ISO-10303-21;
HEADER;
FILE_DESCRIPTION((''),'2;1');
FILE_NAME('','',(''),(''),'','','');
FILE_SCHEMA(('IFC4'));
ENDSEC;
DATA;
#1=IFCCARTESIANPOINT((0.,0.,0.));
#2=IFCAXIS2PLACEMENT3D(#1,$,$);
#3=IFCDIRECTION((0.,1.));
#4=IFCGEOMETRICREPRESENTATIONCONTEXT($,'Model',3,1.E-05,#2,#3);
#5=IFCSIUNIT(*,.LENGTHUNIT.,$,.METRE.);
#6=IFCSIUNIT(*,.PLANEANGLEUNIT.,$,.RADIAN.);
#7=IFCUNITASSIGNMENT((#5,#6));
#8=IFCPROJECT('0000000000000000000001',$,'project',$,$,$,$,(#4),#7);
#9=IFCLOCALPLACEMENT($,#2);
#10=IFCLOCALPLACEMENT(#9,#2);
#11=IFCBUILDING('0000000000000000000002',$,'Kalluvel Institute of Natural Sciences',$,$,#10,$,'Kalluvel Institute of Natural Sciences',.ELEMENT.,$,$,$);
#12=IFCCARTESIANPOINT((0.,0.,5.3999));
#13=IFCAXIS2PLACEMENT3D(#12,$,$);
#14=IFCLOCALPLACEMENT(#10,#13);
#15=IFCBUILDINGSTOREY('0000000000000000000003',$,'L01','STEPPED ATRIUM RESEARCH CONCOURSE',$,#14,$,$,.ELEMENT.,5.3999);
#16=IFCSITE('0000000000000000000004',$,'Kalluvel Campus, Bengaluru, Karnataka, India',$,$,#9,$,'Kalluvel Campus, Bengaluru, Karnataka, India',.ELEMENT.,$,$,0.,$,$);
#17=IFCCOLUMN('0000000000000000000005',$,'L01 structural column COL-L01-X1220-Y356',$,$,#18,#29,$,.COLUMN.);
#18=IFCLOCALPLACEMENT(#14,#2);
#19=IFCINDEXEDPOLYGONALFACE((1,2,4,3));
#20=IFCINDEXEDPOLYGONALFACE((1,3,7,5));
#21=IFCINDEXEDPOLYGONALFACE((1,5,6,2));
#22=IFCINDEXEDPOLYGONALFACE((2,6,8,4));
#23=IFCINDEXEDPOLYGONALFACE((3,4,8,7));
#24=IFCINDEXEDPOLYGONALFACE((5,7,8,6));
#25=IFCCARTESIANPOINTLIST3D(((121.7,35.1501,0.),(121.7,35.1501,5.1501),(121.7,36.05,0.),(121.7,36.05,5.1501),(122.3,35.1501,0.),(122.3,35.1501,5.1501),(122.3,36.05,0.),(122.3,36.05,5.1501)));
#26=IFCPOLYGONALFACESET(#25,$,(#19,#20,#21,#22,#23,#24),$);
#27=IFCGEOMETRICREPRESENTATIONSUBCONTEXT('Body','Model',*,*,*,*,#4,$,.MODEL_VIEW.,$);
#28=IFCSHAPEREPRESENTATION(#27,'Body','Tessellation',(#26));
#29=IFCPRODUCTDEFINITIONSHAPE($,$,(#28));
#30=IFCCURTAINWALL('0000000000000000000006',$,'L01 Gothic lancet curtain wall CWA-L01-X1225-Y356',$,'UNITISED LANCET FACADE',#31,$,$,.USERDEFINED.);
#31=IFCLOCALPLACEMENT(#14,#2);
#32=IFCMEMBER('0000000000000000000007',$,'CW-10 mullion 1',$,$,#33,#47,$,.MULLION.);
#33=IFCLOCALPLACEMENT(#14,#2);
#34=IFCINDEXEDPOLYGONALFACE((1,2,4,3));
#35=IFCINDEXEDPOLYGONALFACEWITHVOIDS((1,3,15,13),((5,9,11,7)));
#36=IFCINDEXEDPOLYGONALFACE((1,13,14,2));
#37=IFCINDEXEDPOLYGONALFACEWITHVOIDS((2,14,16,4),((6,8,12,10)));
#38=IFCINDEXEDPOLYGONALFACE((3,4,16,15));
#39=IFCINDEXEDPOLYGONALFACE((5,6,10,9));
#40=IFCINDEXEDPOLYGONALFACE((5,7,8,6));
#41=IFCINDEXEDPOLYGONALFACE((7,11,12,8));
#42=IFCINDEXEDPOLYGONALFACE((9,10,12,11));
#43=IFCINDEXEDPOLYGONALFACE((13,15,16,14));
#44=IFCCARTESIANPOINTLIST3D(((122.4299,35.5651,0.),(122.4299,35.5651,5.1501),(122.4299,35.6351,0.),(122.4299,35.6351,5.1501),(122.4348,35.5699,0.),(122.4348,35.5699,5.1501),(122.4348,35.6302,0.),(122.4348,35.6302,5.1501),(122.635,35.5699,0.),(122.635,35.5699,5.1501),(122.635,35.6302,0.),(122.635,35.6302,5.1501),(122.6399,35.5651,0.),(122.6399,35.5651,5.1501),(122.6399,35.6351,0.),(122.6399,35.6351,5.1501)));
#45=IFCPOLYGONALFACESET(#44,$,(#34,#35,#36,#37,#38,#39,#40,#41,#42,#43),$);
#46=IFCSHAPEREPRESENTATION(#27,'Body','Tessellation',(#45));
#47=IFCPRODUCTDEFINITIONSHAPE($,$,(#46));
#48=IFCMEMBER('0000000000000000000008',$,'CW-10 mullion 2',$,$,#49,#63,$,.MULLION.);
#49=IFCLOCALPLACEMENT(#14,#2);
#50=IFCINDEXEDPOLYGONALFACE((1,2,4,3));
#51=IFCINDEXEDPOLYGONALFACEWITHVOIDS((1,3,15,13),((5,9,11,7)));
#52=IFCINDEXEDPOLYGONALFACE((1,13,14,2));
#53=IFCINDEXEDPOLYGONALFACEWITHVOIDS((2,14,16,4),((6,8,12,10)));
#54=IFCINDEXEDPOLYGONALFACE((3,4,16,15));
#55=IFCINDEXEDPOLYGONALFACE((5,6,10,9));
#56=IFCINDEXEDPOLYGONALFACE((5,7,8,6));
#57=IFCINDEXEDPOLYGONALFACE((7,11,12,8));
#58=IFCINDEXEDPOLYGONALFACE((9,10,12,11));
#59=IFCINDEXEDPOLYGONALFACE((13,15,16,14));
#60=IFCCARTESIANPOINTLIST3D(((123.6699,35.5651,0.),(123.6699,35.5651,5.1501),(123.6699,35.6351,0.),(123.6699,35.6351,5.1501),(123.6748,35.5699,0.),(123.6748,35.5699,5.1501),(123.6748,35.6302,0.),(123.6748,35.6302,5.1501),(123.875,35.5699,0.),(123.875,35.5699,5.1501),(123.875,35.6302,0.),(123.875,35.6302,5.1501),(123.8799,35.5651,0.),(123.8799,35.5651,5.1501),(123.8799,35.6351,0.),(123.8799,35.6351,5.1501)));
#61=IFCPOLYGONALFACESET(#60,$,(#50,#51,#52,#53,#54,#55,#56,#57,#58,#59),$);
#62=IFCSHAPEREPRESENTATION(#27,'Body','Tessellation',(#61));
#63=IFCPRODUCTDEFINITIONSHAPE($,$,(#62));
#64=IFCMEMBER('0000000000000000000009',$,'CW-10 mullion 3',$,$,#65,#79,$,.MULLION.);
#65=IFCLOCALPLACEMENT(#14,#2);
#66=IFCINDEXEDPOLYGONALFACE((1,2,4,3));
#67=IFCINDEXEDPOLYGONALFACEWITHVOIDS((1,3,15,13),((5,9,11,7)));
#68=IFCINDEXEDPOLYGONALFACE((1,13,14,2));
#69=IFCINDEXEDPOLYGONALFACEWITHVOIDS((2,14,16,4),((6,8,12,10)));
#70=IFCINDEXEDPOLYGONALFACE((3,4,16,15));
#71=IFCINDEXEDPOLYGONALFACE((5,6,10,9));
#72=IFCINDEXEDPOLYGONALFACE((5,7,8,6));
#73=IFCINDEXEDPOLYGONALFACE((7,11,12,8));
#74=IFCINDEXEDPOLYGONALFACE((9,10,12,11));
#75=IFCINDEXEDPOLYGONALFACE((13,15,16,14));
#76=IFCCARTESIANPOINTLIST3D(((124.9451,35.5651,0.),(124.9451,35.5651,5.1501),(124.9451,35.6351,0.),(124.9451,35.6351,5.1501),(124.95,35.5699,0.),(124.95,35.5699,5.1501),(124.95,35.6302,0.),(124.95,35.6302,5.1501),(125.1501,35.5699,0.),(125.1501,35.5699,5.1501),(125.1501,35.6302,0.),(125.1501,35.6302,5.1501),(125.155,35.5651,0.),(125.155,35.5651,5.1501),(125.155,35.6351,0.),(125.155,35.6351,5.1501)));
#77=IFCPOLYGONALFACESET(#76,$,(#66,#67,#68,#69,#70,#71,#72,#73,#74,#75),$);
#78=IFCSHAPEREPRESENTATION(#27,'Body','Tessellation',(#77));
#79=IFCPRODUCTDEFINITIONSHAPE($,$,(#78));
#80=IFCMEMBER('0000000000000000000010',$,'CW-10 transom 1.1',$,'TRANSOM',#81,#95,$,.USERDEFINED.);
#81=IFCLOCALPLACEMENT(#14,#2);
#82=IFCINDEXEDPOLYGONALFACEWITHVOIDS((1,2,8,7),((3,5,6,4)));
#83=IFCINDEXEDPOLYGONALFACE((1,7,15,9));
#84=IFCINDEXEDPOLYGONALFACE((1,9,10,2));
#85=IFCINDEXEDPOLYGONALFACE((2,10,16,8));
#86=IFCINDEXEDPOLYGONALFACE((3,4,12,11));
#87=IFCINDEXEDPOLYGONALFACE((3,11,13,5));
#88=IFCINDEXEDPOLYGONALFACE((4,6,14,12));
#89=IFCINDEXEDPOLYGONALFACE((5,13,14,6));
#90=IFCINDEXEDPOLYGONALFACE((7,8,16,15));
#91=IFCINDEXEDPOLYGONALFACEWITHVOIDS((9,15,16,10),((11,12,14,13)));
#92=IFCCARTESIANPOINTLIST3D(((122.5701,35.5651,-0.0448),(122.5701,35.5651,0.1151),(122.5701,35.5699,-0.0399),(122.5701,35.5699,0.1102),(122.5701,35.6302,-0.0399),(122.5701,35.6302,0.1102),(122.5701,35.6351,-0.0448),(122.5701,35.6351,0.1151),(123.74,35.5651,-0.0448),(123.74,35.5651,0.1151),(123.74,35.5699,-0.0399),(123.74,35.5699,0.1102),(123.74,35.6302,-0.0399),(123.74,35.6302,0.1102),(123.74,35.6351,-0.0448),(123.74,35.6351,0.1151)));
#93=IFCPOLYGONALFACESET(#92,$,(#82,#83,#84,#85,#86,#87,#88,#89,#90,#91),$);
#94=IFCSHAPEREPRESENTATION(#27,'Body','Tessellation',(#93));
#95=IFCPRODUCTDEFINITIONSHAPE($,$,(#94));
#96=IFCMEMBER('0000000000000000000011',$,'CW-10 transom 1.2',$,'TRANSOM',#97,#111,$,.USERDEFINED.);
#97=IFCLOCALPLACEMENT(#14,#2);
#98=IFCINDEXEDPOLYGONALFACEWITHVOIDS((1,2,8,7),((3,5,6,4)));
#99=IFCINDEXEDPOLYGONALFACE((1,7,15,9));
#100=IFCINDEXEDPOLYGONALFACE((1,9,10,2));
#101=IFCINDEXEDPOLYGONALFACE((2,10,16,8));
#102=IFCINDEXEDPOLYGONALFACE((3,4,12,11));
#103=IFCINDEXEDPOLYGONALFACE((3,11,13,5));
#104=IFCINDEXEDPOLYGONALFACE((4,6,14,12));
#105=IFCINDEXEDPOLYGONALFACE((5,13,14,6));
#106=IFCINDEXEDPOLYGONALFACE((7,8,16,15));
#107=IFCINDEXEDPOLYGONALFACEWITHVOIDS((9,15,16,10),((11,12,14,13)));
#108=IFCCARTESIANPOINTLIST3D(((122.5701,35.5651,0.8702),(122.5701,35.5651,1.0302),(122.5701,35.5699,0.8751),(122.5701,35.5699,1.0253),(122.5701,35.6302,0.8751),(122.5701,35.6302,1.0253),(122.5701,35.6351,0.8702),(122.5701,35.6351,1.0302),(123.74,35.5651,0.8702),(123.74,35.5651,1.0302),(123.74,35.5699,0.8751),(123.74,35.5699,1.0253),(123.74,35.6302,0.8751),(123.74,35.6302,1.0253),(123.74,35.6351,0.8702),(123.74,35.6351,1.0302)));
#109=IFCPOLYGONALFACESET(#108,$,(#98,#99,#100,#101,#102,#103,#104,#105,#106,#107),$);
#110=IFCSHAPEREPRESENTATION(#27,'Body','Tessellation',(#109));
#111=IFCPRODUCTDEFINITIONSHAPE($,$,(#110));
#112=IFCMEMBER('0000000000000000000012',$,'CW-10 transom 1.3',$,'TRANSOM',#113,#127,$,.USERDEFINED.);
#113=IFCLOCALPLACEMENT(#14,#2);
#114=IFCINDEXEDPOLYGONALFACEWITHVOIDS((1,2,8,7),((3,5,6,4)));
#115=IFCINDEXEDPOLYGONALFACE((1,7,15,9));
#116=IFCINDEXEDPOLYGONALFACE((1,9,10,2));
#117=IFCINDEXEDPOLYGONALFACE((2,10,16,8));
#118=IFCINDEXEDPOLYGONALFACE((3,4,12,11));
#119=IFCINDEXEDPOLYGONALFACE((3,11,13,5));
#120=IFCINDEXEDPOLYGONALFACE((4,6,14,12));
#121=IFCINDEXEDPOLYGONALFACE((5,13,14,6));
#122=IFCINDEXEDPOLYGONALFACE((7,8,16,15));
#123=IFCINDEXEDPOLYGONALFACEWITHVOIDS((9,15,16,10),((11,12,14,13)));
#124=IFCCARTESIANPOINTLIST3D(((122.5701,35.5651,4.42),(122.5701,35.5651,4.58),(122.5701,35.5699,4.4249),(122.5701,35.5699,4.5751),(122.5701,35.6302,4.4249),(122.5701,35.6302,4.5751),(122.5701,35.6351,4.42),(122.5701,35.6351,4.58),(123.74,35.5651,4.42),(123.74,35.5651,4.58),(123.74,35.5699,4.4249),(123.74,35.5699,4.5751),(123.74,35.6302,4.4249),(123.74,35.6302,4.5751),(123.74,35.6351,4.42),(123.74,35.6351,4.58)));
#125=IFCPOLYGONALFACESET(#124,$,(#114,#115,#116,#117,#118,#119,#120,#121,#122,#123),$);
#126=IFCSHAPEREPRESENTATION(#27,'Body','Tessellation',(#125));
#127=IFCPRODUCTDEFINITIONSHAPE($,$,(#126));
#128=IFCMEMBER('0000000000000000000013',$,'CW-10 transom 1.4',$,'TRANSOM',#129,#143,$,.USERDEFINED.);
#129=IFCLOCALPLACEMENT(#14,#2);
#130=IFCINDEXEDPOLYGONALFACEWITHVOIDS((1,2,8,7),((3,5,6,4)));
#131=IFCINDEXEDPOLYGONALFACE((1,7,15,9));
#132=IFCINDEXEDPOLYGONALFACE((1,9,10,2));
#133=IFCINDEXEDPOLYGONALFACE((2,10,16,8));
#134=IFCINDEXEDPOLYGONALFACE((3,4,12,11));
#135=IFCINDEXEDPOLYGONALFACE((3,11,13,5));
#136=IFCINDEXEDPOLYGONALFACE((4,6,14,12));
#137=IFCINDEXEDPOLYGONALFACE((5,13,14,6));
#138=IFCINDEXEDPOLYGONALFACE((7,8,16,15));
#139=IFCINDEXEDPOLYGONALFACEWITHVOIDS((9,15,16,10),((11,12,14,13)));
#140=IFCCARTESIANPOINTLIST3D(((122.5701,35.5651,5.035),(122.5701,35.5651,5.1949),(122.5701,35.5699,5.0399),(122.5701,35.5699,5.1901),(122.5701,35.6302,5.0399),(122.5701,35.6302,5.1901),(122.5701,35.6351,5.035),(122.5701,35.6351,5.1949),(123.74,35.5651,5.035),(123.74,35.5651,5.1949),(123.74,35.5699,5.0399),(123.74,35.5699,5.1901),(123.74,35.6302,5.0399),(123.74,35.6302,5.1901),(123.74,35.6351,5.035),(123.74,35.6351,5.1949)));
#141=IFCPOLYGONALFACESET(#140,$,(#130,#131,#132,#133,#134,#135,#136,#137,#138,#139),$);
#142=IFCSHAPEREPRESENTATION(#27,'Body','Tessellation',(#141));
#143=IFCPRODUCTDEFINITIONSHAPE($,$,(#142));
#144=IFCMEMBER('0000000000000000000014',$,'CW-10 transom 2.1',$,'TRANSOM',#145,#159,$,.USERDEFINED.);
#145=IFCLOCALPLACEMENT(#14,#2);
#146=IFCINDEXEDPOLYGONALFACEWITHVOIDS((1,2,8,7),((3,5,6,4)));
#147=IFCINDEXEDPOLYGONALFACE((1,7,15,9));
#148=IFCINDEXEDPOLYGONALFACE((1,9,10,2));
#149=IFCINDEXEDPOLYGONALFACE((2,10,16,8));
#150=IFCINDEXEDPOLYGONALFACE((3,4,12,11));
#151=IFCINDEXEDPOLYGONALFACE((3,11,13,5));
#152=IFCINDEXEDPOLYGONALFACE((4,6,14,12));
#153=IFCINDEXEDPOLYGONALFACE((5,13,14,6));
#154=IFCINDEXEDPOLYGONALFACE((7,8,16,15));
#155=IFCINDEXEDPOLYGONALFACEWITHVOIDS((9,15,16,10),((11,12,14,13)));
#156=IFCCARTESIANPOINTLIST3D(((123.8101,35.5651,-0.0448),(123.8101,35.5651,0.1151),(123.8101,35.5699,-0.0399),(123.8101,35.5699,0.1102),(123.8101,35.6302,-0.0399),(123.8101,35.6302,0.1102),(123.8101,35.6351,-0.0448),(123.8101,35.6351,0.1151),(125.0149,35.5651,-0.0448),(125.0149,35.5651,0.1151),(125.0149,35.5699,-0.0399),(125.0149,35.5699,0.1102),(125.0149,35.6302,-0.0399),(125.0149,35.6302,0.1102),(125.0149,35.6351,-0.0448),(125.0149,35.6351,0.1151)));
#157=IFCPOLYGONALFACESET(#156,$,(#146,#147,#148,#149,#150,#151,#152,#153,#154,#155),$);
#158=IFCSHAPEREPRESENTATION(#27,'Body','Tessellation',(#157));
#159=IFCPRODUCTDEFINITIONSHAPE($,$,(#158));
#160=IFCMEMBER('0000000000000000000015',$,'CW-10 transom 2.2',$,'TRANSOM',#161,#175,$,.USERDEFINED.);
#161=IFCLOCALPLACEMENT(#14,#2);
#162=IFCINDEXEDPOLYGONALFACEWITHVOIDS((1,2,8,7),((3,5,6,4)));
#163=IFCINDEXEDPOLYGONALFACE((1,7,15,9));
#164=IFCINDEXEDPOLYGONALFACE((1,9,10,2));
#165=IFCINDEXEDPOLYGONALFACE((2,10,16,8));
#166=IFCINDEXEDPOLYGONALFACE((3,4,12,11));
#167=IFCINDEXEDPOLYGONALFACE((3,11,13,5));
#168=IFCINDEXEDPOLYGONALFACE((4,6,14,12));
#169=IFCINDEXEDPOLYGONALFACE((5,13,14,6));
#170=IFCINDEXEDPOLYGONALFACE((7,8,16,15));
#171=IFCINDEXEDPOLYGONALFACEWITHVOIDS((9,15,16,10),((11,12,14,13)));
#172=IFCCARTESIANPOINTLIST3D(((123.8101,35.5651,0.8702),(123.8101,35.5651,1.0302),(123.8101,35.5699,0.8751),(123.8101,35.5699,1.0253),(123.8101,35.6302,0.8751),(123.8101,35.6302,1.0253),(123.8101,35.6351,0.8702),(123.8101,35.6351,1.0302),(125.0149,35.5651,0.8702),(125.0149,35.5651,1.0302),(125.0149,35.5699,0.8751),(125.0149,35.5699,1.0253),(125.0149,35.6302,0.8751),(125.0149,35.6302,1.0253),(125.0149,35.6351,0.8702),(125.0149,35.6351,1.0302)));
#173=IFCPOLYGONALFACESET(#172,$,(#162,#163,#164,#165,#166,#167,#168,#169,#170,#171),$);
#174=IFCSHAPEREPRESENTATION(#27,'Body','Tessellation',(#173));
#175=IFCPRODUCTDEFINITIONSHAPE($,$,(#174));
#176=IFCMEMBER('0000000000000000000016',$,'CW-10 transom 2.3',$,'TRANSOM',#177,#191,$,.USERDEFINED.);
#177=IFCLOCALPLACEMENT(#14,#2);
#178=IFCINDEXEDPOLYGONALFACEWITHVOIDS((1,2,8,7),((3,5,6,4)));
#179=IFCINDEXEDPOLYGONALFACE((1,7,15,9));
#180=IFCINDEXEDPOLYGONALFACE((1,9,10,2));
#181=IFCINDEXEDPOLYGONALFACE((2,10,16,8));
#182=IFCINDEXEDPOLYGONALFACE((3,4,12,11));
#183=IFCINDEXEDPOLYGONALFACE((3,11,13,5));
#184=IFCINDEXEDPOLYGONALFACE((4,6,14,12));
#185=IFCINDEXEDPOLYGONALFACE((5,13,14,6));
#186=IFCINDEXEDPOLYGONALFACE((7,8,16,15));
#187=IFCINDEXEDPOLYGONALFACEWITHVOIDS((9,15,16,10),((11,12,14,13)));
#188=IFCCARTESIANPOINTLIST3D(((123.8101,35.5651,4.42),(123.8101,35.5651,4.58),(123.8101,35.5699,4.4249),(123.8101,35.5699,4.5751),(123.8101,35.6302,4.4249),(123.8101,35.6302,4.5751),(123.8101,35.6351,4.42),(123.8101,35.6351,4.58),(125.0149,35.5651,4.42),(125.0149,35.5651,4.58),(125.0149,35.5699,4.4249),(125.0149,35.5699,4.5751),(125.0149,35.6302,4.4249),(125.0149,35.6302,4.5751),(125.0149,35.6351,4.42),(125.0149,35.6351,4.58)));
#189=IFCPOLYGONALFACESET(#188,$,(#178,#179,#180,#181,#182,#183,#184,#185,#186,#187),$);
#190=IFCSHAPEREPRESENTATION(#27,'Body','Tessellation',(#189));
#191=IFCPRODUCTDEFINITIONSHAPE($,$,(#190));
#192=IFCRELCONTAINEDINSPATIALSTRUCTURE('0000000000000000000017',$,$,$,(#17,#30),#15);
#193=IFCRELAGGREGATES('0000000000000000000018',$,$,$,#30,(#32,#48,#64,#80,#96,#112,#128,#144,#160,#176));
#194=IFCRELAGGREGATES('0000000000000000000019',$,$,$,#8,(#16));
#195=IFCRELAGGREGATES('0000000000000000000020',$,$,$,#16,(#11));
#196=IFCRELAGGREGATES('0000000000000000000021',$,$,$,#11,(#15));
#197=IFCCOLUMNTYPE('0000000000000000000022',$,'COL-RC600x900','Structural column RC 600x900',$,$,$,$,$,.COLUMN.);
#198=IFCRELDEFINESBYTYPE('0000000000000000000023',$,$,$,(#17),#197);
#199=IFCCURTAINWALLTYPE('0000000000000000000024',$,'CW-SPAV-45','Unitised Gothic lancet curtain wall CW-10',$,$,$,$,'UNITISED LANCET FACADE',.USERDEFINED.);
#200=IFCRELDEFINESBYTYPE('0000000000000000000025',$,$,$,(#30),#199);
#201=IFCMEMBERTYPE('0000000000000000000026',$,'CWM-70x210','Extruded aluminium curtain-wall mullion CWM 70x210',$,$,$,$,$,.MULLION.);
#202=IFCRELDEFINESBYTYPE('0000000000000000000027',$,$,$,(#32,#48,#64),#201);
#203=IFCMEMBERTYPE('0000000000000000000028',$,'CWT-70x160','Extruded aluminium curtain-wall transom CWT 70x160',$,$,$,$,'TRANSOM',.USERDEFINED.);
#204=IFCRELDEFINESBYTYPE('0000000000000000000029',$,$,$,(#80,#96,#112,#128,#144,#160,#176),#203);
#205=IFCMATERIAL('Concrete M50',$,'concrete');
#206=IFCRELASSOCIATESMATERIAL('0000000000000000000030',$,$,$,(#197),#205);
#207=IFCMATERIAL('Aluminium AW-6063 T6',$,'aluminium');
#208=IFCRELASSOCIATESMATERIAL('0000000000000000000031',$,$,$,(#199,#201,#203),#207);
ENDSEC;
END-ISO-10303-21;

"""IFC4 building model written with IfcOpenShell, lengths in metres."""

from ifc_helpers import new_model, si_unit, direction, frame, origin, origin_2d, place, context, subcontext, project, spatial, rectangle, hollow_rectangle, extrude, material, material_profile, profile_set, type_object, element, aggregate, save


model = new_model("IFC4")

# Units and contexts
model_context = context("Model", 3, precision=1e-05, world=origin(), true_north=direction((0.0, 1.0)))
body_context = subcontext(model_context, "Body", "Model", "MODEL_VIEW")
ifc_project = project(units=[si_unit("LENGTHUNIT", "METRE"), si_unit("PLANEANGLEUNIT", "RADIAN")], contexts=[model_context])

# Site, building, storey
site_placement = place(None, origin())
site = spatial("IfcSite", under=ifc_project, at=site_placement, Name="Kalluvel Campus, Bengaluru, Karnataka, India", LongName="Kalluvel Campus, Bengaluru, Karnataka, India", CompositionType="ELEMENT", RefElevation=0.0)
building_placement = place(site_placement, origin())
building = spatial("IfcBuilding", under=site, at=building_placement, Name="Kalluvel Institute of Natural Sciences", LongName="Kalluvel Institute of Natural Sciences", CompositionType="ELEMENT")
storey_placement = place(building_placement, frame((0.0, 0.0, 5.3999)))
storey = spatial("IfcBuildingStorey", under=building, at=storey_placement, Name="L01", Description="STEPPED ATRIUM RESEARCH CONCOURSE", CompositionType="ELEMENT", Elevation=5.3999)

# Column
ifc_material_1 = material(Name="Concrete M50", Category="concrete")
ifc_material_profile_1 = material_profile(ifc_material_1, rectangle(XDim=0.6001, YDim=0.8999, at=origin_2d()), Name="RC 600x900")
ifc_profile_set_1 = profile_set([ifc_material_profile_1], Name="Concrete M50")
column_type = type_object("IfcColumnType", Name="COL-RC600x900", Description="Structural column RC 600x900", PredefinedType="COLUMN", material=ifc_profile_set_1)
column_placement = place(storey_placement, frame((122.0, 35.6001, 0.0), z_axis=(0.0, 0.0, 1.0), x_axis=(1.0, 0.0, 0.0)))
element("IfcColumn", 1, at=column_placement, inside=storey, type_object=column_type, Name="L01 structural column COL-L01-X1220-Y356", PredefinedType="COLUMN", context=body_context, shape_type="SweptSolid", body=[
    extrude(rectangle(XDim=0.6001, YDim=0.8999, at=origin_2d()), origin(), (0.0, 0.0, 1.0), 5.1501),
])

# Curtain wall, members
ifc_material_2 = material(Name="Aluminium AW-6063 T6", Category="aluminium")
curtain_wall_type = type_object("IfcCurtainWallType", Name="CW-SPAV-45", Description="Unitised Gothic lancet curtain wall CW-10", ElementType="UNITISED LANCET FACADE", PredefinedType="USERDEFINED", material=ifc_material_2)
curtain_wall_placement = place(storey_placement, origin())
curtain_wall = element("IfcCurtainWall", 2, at=curtain_wall_placement, inside=storey, type_object=curtain_wall_type, Name="L01 Gothic lancet curtain wall CWA-L01-X1225-Y356", ObjectType="UNITISED LANCET FACADE", PredefinedType="USERDEFINED")
ifc_material_profile_2 = material_profile(ifc_material_2, hollow_rectangle(XDim=0.0701, YDim=0.21, WallThickness=0.0049, at=origin_2d()), Name="CWM 70x210")
ifc_profile_set_2 = profile_set([ifc_material_profile_2], Name="Aluminium AW-6063 T6")
member_type_1 = type_object("IfcMemberType", Name="CWM-70x210", Description="Extruded aluminium curtain-wall mullion CWM 70x210", PredefinedType="MULLION", material=ifc_profile_set_2)
member_1_placement = place(storey_placement, frame((122.5349, 35.6001, 0.0), z_axis=(0.0, 0.0, 1.0), x_axis=(0.0, 1.0, 0.0)))
member_1 = element("IfcMember", 3, at=member_1_placement, type_object=member_type_1, Name="CW-10 mullion 1", PredefinedType="MULLION", context=body_context, shape_type="SweptSolid", body=[
    extrude(hollow_rectangle(XDim=0.0701, YDim=0.21, WallThickness=0.0049, at=origin_2d()), origin(), (0.0, 0.0, 1.0), 5.1501),
])
member_2_placement = place(storey_placement, frame((123.7749, 35.6001, 0.0), z_axis=(0.0, 0.0, 1.0), x_axis=(0.0, 1.0, 0.0)))
member_2 = element("IfcMember", 4, at=member_2_placement, type_object=member_type_1, Name="CW-10 mullion 2", PredefinedType="MULLION", context=body_context, shape_type="SweptSolid", body=[
    extrude(hollow_rectangle(XDim=0.0701, YDim=0.21, WallThickness=0.0049, at=origin_2d()), origin(), (0.0, 0.0, 1.0), 5.1501),
])
member_3_placement = place(storey_placement, frame((125.05, 35.6001, 0.0), z_axis=(0.0, 0.0, 1.0), x_axis=(0.0, 1.0, 0.0)))
member_3 = element("IfcMember", 5, at=member_3_placement, type_object=member_type_1, Name="CW-10 mullion 3", PredefinedType="MULLION", context=body_context, shape_type="SweptSolid", body=[
    extrude(hollow_rectangle(XDim=0.0701, YDim=0.21, WallThickness=0.0049, at=origin_2d()), origin(), (0.0, 0.0, 1.0), 5.1501),
])
ifc_material_profile_3 = material_profile(ifc_material_2, hollow_rectangle(XDim=0.0701, YDim=0.1599, WallThickness=0.0049, at=origin_2d()), Name="CWT 70x160")
ifc_profile_set_3 = profile_set([ifc_material_profile_3], Name="Aluminium AW-6063 T6")
member_type_2 = type_object("IfcMemberType", Name="CWT-70x160", Description="Extruded aluminium curtain-wall transom CWT 70x160", ElementType="TRANSOM", PredefinedType="USERDEFINED", material=ifc_profile_set_3)
member_4_placement = place(storey_placement, frame((122.5701, 35.6001, 0.0352), z_axis=(1.0, 0.0, 0.0), x_axis=(0.0, 1.0, 0.0)))
member_4 = element("IfcMember", 6, at=member_4_placement, type_object=member_type_2, Name="CW-10 transom 1.1", ObjectType="TRANSOM", PredefinedType="USERDEFINED", context=body_context, shape_type="SweptSolid", body=[
    extrude(hollow_rectangle(XDim=0.0701, YDim=0.1599, WallThickness=0.0049, at=origin_2d()), origin(), (0.0, 0.0, 1.0), 1.1699),
])
member_5_placement = place(storey_placement, frame((122.5701, 35.6001, 0.9502), z_axis=(1.0, 0.0, 0.0), x_axis=(0.0, 1.0, 0.0)))
member_5 = element("IfcMember", 7, at=member_5_placement, type_object=member_type_2, Name="CW-10 transom 1.2", ObjectType="TRANSOM", PredefinedType="USERDEFINED", context=body_context, shape_type="SweptSolid", body=[
    extrude(hollow_rectangle(XDim=0.0701, YDim=0.1599, WallThickness=0.0049, at=origin_2d()), origin(), (0.0, 0.0, 1.0), 1.1699),
])
member_6_placement = place(storey_placement, frame((122.5701, 35.6001, 4.5), z_axis=(1.0, 0.0, 0.0), x_axis=(0.0, 1.0, 0.0)))
member_6 = element("IfcMember", 8, at=member_6_placement, type_object=member_type_2, Name="CW-10 transom 1.3", ObjectType="TRANSOM", PredefinedType="USERDEFINED", context=body_context, shape_type="SweptSolid", body=[
    extrude(hollow_rectangle(XDim=0.0701, YDim=0.1599, WallThickness=0.0049, at=origin_2d()), origin(), (0.0, 0.0, 1.0), 1.1699),
])
member_7_placement = place(storey_placement, frame((122.5701, 35.6001, 5.115), z_axis=(1.0, 0.0, 0.0), x_axis=(0.0, 1.0, 0.0)))
member_7 = element("IfcMember", 9, at=member_7_placement, type_object=member_type_2, Name="CW-10 transom 1.4", ObjectType="TRANSOM", PredefinedType="USERDEFINED", context=body_context, shape_type="SweptSolid", body=[
    extrude(hollow_rectangle(XDim=0.0701, YDim=0.1599, WallThickness=0.0049, at=origin_2d()), origin(), (0.0, 0.0, 1.0), 1.1699),
])
member_8_placement = place(storey_placement, frame((123.8101, 35.6001, 0.0352), z_axis=(1.0, 0.0, 0.0), x_axis=(0.0, 1.0, 0.0)))
member_8 = element("IfcMember", 10, at=member_8_placement, type_object=member_type_2, Name="CW-10 transom 2.1", ObjectType="TRANSOM", PredefinedType="USERDEFINED", context=body_context, shape_type="SweptSolid", body=[
    extrude(hollow_rectangle(XDim=0.0701, YDim=0.1599, WallThickness=0.0049, at=origin_2d()), origin(), (0.0, 0.0, 1.0), 1.2048),
])
member_9_placement = place(storey_placement, frame((123.8101, 35.6001, 0.9502), z_axis=(1.0, 0.0, 0.0), x_axis=(0.0, 1.0, 0.0)))
member_9 = element("IfcMember", 11, at=member_9_placement, type_object=member_type_2, Name="CW-10 transom 2.2", ObjectType="TRANSOM", PredefinedType="USERDEFINED", context=body_context, shape_type="SweptSolid", body=[
    extrude(hollow_rectangle(XDim=0.0701, YDim=0.1599, WallThickness=0.0049, at=origin_2d()), origin(), (0.0, 0.0, 1.0), 1.2048),
])
member_10_placement = place(storey_placement, frame((123.8101, 35.6001, 4.5), z_axis=(1.0, 0.0, 0.0), x_axis=(0.0, 1.0, 0.0)))
member_10 = element("IfcMember", 12, at=member_10_placement, type_object=member_type_2, Name="CW-10 transom 2.3", ObjectType="TRANSOM", PredefinedType="USERDEFINED", context=body_context, shape_type="SweptSolid", body=[
    extrude(hollow_rectangle(XDim=0.0701, YDim=0.1599, WallThickness=0.0049, at=origin_2d()), origin(), (0.0, 0.0, 1.0), 1.2048),
])

aggregate(curtain_wall, [member_1, member_2, member_3, member_4, member_5, member_6, member_7, member_8, member_9, member_10])

save(model, "model.ifc")
